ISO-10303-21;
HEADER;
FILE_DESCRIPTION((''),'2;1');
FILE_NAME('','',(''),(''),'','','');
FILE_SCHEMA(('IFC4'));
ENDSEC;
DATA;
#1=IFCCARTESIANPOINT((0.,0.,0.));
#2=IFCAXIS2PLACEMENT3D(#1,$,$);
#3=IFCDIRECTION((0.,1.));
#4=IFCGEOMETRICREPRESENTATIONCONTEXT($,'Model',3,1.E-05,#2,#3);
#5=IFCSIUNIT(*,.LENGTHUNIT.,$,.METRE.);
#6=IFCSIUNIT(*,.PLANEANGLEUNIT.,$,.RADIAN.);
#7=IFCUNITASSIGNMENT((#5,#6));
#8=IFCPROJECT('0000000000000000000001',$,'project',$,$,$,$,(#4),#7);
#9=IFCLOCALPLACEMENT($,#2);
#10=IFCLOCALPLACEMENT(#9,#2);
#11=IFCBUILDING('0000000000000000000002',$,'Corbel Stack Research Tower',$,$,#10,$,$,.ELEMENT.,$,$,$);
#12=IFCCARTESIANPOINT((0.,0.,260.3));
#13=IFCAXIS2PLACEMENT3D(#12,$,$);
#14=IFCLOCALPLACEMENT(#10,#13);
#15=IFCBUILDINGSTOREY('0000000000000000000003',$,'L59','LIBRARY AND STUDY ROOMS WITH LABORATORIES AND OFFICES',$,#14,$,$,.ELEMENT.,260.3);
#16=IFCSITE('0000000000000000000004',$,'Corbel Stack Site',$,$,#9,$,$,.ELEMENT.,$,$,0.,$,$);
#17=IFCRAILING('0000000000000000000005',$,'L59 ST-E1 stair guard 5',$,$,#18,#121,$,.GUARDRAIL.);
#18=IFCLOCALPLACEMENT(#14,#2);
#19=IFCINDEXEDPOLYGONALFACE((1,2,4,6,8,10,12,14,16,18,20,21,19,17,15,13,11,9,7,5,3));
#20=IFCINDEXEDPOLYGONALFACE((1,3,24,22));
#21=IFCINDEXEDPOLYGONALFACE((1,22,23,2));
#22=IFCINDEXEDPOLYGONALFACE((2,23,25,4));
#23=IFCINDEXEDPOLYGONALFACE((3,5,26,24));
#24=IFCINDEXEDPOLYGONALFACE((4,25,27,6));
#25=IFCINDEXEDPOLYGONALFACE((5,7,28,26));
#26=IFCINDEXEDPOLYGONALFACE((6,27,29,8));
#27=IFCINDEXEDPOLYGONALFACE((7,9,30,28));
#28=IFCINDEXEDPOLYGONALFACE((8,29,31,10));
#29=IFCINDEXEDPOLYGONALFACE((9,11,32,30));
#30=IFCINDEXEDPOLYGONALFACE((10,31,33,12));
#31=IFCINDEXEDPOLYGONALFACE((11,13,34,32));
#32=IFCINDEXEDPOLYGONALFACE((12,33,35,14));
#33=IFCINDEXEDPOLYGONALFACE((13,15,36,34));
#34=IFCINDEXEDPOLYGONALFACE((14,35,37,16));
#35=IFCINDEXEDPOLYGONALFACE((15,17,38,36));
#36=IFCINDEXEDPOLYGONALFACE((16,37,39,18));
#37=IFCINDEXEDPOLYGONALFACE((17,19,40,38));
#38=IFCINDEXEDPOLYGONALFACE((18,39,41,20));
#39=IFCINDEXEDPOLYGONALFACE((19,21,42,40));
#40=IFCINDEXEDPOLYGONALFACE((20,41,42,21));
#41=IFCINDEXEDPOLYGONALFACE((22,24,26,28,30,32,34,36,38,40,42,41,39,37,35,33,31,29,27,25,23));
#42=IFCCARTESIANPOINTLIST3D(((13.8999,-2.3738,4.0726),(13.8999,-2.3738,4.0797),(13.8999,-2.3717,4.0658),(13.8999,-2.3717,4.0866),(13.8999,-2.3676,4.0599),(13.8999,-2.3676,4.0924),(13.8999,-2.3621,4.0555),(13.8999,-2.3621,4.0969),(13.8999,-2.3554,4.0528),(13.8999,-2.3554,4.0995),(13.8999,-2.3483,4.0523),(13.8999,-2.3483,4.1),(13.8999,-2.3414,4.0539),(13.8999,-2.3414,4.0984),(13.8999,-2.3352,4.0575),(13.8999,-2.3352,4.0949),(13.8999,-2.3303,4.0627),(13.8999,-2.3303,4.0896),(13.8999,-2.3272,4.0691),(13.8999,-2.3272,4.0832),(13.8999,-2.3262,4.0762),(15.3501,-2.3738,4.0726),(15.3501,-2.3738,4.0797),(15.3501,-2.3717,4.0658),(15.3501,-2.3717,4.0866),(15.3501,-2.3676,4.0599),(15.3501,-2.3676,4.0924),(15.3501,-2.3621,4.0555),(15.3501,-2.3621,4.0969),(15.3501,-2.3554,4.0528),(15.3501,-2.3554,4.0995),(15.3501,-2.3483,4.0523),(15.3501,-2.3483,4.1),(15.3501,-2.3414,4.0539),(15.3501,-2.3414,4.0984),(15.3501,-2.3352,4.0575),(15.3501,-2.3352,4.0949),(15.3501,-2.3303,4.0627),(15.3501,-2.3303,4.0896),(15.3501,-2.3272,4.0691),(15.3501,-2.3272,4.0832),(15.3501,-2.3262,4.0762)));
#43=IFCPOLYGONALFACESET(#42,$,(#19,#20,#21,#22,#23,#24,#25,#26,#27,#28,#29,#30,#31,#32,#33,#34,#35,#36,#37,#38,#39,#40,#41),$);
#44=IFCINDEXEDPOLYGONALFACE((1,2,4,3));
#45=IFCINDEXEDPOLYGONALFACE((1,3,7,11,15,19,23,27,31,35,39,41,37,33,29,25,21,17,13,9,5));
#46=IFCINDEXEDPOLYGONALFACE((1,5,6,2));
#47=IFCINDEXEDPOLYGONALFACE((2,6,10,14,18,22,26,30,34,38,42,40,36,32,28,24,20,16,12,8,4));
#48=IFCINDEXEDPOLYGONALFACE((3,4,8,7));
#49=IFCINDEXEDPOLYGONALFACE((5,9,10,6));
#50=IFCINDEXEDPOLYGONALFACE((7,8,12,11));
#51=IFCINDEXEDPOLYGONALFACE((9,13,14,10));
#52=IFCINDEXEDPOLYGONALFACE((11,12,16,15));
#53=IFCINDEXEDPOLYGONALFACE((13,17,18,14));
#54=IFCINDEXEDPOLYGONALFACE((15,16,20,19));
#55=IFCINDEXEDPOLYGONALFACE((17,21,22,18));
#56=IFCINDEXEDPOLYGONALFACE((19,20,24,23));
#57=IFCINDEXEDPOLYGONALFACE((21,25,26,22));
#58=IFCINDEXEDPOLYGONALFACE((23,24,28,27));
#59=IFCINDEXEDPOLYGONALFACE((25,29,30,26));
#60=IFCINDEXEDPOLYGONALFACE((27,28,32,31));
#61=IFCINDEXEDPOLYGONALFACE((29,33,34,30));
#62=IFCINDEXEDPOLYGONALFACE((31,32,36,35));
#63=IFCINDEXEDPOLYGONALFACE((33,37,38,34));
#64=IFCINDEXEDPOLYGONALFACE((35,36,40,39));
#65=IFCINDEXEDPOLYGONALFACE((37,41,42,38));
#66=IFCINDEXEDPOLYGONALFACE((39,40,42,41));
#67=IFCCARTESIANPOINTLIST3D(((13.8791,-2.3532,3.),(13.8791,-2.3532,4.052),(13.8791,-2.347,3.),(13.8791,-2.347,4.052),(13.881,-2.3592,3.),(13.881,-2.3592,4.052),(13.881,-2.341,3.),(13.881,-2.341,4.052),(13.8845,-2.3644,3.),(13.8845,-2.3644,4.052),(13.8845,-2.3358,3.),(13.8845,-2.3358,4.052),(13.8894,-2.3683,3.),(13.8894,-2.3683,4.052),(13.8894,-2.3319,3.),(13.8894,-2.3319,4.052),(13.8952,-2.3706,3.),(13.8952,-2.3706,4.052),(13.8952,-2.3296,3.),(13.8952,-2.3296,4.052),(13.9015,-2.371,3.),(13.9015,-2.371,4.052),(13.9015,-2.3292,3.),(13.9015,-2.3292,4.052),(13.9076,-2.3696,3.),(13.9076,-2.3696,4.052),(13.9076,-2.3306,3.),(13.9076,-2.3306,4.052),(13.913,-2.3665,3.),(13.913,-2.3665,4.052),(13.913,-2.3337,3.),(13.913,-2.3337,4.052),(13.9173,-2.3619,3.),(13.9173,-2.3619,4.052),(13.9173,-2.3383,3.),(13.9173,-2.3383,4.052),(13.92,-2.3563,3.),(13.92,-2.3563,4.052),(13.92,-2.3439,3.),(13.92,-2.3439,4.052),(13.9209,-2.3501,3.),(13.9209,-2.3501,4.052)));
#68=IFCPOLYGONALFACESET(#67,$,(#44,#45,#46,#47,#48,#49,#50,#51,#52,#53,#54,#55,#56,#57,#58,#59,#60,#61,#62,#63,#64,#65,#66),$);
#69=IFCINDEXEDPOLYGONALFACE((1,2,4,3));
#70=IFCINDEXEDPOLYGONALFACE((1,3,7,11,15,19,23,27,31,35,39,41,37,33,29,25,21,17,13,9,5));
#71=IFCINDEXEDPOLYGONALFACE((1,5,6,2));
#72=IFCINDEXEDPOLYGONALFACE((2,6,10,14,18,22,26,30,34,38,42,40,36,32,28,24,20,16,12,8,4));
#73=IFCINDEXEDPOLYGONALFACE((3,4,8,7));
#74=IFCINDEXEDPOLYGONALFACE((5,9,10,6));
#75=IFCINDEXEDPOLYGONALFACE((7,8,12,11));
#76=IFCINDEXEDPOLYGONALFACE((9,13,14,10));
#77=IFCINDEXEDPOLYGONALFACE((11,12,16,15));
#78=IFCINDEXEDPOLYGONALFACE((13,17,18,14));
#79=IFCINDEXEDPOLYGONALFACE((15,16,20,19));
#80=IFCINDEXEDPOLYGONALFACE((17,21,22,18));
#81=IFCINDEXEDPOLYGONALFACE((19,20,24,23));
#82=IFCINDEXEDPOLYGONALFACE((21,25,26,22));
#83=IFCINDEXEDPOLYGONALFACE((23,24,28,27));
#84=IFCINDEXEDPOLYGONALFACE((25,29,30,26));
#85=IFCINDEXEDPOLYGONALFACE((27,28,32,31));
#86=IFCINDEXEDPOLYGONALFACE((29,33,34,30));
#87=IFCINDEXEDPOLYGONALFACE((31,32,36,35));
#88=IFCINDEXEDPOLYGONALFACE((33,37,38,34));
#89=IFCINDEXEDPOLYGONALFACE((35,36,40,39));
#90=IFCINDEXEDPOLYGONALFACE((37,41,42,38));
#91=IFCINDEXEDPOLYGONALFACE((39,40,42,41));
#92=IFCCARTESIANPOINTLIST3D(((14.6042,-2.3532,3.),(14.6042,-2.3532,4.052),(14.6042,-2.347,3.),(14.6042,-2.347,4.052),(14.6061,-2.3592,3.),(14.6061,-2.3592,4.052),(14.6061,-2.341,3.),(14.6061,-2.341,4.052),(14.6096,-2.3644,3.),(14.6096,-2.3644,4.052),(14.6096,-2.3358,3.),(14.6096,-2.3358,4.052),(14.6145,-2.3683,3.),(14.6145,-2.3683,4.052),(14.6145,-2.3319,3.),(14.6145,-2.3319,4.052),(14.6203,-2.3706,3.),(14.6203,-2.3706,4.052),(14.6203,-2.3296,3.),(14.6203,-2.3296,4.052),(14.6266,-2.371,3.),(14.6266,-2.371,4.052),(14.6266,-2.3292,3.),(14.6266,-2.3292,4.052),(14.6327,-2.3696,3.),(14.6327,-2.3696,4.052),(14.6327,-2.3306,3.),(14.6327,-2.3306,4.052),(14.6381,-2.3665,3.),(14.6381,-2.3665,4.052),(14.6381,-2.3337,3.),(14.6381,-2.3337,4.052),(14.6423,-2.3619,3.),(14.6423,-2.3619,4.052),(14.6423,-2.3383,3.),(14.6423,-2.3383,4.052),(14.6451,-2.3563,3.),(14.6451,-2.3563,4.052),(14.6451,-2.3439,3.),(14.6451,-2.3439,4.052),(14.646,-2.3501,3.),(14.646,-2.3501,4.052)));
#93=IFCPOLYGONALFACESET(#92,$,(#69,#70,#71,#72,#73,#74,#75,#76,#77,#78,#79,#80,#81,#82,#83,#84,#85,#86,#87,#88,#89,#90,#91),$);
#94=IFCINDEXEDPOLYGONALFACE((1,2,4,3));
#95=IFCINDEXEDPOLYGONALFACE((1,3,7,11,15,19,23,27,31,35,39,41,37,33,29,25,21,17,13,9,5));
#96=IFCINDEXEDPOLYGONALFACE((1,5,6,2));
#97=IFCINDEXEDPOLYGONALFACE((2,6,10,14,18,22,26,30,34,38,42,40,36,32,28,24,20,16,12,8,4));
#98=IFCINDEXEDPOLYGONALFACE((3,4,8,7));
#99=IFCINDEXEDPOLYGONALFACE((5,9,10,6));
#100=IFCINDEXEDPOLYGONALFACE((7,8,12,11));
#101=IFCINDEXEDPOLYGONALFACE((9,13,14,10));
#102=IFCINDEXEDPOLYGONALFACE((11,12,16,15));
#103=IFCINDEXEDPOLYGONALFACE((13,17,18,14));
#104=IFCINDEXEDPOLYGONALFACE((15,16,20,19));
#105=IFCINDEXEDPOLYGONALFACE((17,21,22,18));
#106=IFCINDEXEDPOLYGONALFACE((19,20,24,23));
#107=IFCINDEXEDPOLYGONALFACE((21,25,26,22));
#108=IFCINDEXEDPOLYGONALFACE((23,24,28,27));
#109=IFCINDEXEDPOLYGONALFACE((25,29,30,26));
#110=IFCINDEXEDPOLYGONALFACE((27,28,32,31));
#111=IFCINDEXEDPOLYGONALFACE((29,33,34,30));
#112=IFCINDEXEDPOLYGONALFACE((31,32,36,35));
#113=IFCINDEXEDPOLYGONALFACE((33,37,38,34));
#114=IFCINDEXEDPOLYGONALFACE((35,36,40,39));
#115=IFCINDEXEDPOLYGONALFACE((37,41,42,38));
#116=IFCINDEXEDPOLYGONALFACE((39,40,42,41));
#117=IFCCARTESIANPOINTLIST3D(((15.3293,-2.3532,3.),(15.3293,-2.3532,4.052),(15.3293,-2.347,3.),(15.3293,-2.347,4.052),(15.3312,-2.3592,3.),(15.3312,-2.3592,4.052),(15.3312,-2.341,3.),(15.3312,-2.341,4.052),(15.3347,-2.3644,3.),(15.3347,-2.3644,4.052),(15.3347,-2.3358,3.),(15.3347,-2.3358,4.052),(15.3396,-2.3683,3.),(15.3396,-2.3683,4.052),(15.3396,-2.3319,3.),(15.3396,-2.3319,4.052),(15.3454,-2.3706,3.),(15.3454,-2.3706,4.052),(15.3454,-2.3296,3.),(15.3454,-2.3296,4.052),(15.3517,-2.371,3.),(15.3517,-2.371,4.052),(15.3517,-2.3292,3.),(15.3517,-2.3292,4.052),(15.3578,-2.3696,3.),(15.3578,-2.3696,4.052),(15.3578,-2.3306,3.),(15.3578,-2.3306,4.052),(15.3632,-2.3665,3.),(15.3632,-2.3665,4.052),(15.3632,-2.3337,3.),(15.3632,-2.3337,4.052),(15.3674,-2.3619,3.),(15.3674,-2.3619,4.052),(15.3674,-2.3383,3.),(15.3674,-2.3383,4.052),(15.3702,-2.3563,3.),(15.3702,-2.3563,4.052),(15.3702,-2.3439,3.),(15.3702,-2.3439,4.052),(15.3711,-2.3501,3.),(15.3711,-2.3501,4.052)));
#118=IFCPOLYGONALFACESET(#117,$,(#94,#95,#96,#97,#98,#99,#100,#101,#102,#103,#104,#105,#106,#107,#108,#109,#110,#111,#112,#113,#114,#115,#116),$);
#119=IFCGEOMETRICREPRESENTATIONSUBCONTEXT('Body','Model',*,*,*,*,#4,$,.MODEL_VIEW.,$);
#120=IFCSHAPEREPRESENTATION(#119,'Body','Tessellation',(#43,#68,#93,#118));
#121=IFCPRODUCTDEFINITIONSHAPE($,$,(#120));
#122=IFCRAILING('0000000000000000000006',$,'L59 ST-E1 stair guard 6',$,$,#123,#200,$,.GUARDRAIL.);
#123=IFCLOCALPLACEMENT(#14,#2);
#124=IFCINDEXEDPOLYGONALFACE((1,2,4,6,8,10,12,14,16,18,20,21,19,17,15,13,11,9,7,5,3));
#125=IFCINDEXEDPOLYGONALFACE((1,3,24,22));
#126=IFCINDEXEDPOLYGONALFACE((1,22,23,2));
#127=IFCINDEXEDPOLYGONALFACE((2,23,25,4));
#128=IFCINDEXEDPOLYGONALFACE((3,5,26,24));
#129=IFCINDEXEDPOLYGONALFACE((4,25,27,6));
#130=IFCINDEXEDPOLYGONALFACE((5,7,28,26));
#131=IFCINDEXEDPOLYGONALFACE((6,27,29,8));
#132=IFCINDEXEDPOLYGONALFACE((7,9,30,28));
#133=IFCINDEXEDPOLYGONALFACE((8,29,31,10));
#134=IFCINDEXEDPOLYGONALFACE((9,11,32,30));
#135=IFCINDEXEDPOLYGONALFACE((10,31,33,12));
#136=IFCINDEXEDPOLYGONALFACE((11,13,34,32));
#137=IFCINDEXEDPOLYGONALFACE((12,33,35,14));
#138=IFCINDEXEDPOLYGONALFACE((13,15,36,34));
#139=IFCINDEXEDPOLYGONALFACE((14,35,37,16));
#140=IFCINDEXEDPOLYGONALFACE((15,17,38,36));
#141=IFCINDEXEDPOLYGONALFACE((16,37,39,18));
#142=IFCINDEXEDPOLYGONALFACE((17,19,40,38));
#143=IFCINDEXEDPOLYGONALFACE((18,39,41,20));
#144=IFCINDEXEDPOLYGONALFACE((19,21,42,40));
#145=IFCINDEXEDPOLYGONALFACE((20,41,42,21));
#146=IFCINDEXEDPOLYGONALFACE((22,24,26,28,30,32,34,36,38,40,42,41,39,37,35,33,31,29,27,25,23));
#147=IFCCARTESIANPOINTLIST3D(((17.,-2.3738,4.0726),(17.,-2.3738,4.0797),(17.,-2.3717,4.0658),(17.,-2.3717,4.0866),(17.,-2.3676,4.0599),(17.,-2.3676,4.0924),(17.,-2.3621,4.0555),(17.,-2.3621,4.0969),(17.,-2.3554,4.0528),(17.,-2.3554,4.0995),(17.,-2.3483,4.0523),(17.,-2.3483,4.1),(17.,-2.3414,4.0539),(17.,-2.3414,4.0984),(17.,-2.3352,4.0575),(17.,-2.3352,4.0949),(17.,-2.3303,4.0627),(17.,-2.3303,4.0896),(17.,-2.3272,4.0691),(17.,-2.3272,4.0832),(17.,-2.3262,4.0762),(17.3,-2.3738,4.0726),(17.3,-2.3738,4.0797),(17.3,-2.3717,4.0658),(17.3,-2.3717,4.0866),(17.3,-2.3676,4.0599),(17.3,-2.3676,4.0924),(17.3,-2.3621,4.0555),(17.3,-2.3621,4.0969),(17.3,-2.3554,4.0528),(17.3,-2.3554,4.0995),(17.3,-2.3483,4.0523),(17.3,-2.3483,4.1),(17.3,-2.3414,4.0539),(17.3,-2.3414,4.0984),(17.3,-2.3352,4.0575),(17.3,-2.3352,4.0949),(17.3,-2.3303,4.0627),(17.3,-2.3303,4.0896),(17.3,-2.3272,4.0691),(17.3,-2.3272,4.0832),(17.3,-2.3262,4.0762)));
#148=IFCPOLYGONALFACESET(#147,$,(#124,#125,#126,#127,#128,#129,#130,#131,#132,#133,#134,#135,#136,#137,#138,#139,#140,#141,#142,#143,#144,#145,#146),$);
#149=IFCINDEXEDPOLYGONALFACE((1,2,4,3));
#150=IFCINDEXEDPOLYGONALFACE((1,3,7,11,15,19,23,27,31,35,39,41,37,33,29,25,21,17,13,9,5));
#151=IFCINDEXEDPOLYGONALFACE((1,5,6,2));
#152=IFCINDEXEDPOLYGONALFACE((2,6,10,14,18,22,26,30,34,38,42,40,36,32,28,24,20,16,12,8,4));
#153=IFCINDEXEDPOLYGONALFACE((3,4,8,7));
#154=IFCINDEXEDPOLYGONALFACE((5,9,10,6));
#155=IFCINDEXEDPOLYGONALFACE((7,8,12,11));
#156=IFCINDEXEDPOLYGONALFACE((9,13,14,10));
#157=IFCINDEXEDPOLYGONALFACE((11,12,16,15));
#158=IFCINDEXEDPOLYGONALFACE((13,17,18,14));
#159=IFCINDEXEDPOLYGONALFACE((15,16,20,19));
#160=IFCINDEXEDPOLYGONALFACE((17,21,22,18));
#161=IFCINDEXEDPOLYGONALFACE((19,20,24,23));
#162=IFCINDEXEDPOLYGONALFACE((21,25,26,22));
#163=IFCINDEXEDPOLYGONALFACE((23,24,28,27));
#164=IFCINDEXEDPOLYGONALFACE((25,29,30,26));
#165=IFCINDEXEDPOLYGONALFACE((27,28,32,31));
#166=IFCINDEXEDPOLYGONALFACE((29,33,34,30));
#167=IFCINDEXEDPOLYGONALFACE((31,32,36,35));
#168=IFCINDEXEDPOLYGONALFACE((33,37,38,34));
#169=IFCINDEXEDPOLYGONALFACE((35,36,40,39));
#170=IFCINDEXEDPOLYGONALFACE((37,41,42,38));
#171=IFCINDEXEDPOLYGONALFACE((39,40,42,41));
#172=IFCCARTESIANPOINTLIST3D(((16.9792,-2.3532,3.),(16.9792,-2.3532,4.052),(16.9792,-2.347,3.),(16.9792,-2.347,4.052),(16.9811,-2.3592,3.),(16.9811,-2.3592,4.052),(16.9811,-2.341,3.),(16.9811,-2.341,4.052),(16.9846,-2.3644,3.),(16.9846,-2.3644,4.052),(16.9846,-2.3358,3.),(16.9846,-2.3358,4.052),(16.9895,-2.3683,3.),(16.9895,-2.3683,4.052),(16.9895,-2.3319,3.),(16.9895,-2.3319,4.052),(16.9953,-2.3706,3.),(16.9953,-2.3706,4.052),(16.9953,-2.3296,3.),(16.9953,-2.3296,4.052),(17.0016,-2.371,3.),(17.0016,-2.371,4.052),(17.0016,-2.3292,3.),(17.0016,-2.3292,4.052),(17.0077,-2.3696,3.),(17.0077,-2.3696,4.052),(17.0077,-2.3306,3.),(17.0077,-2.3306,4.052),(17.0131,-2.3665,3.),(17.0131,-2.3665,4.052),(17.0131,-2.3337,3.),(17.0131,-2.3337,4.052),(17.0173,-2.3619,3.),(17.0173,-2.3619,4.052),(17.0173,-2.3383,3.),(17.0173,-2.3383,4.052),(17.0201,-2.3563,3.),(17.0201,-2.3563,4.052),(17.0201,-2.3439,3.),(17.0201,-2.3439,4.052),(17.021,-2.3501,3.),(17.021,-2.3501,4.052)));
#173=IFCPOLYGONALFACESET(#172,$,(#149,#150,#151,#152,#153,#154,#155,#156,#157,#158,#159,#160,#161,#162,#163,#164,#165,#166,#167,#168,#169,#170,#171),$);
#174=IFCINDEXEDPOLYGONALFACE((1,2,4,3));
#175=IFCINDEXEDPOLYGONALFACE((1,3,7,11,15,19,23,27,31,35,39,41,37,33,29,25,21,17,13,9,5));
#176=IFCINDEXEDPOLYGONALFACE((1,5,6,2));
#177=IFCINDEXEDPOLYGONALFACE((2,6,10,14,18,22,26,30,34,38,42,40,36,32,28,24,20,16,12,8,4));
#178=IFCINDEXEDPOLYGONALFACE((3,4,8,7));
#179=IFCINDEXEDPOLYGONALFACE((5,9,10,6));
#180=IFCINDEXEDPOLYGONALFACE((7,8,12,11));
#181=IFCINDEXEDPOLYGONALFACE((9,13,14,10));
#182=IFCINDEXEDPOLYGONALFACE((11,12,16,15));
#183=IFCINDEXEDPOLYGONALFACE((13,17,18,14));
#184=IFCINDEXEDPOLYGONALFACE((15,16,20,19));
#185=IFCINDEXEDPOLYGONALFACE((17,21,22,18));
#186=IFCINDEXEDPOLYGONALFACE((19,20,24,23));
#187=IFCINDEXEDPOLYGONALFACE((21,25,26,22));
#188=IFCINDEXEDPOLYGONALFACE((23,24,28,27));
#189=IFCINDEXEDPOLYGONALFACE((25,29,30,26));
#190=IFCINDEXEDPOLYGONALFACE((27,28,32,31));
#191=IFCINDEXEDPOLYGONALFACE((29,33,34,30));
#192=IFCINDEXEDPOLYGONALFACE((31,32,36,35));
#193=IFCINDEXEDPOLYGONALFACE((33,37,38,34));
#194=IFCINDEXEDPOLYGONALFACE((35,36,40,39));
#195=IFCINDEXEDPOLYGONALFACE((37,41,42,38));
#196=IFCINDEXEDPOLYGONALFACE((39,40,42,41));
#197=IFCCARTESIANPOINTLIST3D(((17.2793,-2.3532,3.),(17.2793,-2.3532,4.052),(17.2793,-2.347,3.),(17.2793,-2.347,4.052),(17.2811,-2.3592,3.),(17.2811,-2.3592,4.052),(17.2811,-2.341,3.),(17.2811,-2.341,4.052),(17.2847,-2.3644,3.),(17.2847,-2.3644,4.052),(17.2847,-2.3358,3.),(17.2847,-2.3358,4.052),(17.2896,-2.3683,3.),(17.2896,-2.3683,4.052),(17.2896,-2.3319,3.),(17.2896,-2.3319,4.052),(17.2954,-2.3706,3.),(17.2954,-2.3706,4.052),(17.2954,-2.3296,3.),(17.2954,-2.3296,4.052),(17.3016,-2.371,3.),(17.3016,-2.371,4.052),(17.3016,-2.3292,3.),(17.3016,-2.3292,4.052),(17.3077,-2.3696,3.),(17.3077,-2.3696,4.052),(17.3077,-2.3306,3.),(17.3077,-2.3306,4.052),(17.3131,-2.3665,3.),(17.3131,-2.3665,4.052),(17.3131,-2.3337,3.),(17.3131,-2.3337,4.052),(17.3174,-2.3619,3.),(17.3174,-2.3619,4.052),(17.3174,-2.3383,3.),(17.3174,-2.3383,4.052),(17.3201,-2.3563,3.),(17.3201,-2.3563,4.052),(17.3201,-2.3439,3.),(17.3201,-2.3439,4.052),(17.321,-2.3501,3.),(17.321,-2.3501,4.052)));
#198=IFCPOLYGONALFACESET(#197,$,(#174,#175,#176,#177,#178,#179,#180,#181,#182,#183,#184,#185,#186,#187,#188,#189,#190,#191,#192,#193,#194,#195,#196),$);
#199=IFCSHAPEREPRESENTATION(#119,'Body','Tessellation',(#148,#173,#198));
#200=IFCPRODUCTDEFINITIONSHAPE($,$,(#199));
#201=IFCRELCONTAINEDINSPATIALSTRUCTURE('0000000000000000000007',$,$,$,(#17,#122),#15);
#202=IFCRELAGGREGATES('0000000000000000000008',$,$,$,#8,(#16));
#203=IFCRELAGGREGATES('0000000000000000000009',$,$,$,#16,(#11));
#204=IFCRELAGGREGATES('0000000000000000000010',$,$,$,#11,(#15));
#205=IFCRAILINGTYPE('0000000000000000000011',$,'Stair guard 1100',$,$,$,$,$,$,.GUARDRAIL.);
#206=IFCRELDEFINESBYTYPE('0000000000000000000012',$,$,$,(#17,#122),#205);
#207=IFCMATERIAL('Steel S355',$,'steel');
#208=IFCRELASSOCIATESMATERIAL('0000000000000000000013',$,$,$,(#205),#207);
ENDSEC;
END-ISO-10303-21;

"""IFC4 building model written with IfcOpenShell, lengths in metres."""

from ifc_helpers import new_model, si_unit, direction, frame, origin, origin_2d, place, context, subcontext, project, spatial, circle, extrude, material, type_object, element, save


model = new_model("IFC4")

# Units and contexts
model_context = context("Model", 3, precision=1e-05, world=origin(), true_north=direction((0.0, 1.0)))
body_context = subcontext(model_context, "Body", "Model", "MODEL_VIEW")
ifc_project = project(units=[si_unit("LENGTHUNIT", "METRE"), si_unit("PLANEANGLEUNIT", "RADIAN")], contexts=[model_context])

# Site, building, storey
site_placement = place(None, origin())
site = spatial("IfcSite", under=ifc_project, at=site_placement, Name="Corbel Stack Site", CompositionType="ELEMENT", RefElevation=0.0)
building_placement = place(site_placement, origin())
building = spatial("IfcBuilding", under=site, at=building_placement, Name="Corbel Stack Research Tower", CompositionType="ELEMENT")
storey_placement = place(building_placement, frame((0.0, 0.0, 260.3)))
storey = spatial("IfcBuildingStorey", under=building, at=storey_placement, Name="L59", Description="LIBRARY AND STUDY ROOMS WITH LABORATORIES AND OFFICES", CompositionType="ELEMENT", Elevation=260.3)

# Railings
ifc_material_1 = material(Name="Steel S355", Category="steel")
railing_type_1 = type_object("IfcRailingType", Name="Stair guard 1100", PredefinedType="GUARDRAIL", material=ifc_material_1)
railing_1_placement = place(storey_placement, frame((13.8999, -2.3501, 3.0)))
element("IfcRailing", 1, at=railing_1_placement, inside=storey, type_object=railing_type_1, Name="L59 ST-E1 stair guard 5", PredefinedType="GUARDRAIL", context=body_context, shape_type="SweptSolid", body=[
    extrude(circle(Radius=0.0239, at=origin_2d()), frame((0.0, 0.0, 1.0762), z_axis=(1.0, 0.0, 0.0), x_axis=(0.0, 1.0, 0.0)), (0.0, 0.0, 1.0), 1.4502),
    extrude(circle(Radius=0.021, at=origin_2d()), origin(), (0.0, 0.0, 1.0), 1.052),
    extrude(circle(Radius=0.021, at=origin_2d()), frame((0.7251, 0.0, 0.0)), (0.0, 0.0, 1.0), 1.052),
    extrude(circle(Radius=0.021, at=origin_2d()), frame((1.4502, 0.0, 0.0)), (0.0, 0.0, 1.0), 1.052),
])
railing_2_placement = place(storey_placement, frame((17.0, -2.3501, 3.0)))
element("IfcRailing", 2, at=railing_2_placement, inside=storey, type_object=railing_type_1, Name="L59 ST-E1 stair guard 6", PredefinedType="GUARDRAIL", context=body_context, shape_type="SweptSolid", body=[
    extrude(circle(Radius=0.0239, at=origin_2d()), frame((0.0, 0.0, 1.0762), z_axis=(1.0, 0.0, 0.0), x_axis=(0.0, 1.0, 0.0)), (0.0, 0.0, 1.0), 0.3),
    extrude(circle(Radius=0.021, at=origin_2d()), origin(), (0.0, 0.0, 1.0), 1.052),
    extrude(circle(Radius=0.021, at=origin_2d()), frame((0.3, 0.0, 0.0)), (0.0, 0.0, 1.0), 1.052),
])

save(model, "model.ifc")
